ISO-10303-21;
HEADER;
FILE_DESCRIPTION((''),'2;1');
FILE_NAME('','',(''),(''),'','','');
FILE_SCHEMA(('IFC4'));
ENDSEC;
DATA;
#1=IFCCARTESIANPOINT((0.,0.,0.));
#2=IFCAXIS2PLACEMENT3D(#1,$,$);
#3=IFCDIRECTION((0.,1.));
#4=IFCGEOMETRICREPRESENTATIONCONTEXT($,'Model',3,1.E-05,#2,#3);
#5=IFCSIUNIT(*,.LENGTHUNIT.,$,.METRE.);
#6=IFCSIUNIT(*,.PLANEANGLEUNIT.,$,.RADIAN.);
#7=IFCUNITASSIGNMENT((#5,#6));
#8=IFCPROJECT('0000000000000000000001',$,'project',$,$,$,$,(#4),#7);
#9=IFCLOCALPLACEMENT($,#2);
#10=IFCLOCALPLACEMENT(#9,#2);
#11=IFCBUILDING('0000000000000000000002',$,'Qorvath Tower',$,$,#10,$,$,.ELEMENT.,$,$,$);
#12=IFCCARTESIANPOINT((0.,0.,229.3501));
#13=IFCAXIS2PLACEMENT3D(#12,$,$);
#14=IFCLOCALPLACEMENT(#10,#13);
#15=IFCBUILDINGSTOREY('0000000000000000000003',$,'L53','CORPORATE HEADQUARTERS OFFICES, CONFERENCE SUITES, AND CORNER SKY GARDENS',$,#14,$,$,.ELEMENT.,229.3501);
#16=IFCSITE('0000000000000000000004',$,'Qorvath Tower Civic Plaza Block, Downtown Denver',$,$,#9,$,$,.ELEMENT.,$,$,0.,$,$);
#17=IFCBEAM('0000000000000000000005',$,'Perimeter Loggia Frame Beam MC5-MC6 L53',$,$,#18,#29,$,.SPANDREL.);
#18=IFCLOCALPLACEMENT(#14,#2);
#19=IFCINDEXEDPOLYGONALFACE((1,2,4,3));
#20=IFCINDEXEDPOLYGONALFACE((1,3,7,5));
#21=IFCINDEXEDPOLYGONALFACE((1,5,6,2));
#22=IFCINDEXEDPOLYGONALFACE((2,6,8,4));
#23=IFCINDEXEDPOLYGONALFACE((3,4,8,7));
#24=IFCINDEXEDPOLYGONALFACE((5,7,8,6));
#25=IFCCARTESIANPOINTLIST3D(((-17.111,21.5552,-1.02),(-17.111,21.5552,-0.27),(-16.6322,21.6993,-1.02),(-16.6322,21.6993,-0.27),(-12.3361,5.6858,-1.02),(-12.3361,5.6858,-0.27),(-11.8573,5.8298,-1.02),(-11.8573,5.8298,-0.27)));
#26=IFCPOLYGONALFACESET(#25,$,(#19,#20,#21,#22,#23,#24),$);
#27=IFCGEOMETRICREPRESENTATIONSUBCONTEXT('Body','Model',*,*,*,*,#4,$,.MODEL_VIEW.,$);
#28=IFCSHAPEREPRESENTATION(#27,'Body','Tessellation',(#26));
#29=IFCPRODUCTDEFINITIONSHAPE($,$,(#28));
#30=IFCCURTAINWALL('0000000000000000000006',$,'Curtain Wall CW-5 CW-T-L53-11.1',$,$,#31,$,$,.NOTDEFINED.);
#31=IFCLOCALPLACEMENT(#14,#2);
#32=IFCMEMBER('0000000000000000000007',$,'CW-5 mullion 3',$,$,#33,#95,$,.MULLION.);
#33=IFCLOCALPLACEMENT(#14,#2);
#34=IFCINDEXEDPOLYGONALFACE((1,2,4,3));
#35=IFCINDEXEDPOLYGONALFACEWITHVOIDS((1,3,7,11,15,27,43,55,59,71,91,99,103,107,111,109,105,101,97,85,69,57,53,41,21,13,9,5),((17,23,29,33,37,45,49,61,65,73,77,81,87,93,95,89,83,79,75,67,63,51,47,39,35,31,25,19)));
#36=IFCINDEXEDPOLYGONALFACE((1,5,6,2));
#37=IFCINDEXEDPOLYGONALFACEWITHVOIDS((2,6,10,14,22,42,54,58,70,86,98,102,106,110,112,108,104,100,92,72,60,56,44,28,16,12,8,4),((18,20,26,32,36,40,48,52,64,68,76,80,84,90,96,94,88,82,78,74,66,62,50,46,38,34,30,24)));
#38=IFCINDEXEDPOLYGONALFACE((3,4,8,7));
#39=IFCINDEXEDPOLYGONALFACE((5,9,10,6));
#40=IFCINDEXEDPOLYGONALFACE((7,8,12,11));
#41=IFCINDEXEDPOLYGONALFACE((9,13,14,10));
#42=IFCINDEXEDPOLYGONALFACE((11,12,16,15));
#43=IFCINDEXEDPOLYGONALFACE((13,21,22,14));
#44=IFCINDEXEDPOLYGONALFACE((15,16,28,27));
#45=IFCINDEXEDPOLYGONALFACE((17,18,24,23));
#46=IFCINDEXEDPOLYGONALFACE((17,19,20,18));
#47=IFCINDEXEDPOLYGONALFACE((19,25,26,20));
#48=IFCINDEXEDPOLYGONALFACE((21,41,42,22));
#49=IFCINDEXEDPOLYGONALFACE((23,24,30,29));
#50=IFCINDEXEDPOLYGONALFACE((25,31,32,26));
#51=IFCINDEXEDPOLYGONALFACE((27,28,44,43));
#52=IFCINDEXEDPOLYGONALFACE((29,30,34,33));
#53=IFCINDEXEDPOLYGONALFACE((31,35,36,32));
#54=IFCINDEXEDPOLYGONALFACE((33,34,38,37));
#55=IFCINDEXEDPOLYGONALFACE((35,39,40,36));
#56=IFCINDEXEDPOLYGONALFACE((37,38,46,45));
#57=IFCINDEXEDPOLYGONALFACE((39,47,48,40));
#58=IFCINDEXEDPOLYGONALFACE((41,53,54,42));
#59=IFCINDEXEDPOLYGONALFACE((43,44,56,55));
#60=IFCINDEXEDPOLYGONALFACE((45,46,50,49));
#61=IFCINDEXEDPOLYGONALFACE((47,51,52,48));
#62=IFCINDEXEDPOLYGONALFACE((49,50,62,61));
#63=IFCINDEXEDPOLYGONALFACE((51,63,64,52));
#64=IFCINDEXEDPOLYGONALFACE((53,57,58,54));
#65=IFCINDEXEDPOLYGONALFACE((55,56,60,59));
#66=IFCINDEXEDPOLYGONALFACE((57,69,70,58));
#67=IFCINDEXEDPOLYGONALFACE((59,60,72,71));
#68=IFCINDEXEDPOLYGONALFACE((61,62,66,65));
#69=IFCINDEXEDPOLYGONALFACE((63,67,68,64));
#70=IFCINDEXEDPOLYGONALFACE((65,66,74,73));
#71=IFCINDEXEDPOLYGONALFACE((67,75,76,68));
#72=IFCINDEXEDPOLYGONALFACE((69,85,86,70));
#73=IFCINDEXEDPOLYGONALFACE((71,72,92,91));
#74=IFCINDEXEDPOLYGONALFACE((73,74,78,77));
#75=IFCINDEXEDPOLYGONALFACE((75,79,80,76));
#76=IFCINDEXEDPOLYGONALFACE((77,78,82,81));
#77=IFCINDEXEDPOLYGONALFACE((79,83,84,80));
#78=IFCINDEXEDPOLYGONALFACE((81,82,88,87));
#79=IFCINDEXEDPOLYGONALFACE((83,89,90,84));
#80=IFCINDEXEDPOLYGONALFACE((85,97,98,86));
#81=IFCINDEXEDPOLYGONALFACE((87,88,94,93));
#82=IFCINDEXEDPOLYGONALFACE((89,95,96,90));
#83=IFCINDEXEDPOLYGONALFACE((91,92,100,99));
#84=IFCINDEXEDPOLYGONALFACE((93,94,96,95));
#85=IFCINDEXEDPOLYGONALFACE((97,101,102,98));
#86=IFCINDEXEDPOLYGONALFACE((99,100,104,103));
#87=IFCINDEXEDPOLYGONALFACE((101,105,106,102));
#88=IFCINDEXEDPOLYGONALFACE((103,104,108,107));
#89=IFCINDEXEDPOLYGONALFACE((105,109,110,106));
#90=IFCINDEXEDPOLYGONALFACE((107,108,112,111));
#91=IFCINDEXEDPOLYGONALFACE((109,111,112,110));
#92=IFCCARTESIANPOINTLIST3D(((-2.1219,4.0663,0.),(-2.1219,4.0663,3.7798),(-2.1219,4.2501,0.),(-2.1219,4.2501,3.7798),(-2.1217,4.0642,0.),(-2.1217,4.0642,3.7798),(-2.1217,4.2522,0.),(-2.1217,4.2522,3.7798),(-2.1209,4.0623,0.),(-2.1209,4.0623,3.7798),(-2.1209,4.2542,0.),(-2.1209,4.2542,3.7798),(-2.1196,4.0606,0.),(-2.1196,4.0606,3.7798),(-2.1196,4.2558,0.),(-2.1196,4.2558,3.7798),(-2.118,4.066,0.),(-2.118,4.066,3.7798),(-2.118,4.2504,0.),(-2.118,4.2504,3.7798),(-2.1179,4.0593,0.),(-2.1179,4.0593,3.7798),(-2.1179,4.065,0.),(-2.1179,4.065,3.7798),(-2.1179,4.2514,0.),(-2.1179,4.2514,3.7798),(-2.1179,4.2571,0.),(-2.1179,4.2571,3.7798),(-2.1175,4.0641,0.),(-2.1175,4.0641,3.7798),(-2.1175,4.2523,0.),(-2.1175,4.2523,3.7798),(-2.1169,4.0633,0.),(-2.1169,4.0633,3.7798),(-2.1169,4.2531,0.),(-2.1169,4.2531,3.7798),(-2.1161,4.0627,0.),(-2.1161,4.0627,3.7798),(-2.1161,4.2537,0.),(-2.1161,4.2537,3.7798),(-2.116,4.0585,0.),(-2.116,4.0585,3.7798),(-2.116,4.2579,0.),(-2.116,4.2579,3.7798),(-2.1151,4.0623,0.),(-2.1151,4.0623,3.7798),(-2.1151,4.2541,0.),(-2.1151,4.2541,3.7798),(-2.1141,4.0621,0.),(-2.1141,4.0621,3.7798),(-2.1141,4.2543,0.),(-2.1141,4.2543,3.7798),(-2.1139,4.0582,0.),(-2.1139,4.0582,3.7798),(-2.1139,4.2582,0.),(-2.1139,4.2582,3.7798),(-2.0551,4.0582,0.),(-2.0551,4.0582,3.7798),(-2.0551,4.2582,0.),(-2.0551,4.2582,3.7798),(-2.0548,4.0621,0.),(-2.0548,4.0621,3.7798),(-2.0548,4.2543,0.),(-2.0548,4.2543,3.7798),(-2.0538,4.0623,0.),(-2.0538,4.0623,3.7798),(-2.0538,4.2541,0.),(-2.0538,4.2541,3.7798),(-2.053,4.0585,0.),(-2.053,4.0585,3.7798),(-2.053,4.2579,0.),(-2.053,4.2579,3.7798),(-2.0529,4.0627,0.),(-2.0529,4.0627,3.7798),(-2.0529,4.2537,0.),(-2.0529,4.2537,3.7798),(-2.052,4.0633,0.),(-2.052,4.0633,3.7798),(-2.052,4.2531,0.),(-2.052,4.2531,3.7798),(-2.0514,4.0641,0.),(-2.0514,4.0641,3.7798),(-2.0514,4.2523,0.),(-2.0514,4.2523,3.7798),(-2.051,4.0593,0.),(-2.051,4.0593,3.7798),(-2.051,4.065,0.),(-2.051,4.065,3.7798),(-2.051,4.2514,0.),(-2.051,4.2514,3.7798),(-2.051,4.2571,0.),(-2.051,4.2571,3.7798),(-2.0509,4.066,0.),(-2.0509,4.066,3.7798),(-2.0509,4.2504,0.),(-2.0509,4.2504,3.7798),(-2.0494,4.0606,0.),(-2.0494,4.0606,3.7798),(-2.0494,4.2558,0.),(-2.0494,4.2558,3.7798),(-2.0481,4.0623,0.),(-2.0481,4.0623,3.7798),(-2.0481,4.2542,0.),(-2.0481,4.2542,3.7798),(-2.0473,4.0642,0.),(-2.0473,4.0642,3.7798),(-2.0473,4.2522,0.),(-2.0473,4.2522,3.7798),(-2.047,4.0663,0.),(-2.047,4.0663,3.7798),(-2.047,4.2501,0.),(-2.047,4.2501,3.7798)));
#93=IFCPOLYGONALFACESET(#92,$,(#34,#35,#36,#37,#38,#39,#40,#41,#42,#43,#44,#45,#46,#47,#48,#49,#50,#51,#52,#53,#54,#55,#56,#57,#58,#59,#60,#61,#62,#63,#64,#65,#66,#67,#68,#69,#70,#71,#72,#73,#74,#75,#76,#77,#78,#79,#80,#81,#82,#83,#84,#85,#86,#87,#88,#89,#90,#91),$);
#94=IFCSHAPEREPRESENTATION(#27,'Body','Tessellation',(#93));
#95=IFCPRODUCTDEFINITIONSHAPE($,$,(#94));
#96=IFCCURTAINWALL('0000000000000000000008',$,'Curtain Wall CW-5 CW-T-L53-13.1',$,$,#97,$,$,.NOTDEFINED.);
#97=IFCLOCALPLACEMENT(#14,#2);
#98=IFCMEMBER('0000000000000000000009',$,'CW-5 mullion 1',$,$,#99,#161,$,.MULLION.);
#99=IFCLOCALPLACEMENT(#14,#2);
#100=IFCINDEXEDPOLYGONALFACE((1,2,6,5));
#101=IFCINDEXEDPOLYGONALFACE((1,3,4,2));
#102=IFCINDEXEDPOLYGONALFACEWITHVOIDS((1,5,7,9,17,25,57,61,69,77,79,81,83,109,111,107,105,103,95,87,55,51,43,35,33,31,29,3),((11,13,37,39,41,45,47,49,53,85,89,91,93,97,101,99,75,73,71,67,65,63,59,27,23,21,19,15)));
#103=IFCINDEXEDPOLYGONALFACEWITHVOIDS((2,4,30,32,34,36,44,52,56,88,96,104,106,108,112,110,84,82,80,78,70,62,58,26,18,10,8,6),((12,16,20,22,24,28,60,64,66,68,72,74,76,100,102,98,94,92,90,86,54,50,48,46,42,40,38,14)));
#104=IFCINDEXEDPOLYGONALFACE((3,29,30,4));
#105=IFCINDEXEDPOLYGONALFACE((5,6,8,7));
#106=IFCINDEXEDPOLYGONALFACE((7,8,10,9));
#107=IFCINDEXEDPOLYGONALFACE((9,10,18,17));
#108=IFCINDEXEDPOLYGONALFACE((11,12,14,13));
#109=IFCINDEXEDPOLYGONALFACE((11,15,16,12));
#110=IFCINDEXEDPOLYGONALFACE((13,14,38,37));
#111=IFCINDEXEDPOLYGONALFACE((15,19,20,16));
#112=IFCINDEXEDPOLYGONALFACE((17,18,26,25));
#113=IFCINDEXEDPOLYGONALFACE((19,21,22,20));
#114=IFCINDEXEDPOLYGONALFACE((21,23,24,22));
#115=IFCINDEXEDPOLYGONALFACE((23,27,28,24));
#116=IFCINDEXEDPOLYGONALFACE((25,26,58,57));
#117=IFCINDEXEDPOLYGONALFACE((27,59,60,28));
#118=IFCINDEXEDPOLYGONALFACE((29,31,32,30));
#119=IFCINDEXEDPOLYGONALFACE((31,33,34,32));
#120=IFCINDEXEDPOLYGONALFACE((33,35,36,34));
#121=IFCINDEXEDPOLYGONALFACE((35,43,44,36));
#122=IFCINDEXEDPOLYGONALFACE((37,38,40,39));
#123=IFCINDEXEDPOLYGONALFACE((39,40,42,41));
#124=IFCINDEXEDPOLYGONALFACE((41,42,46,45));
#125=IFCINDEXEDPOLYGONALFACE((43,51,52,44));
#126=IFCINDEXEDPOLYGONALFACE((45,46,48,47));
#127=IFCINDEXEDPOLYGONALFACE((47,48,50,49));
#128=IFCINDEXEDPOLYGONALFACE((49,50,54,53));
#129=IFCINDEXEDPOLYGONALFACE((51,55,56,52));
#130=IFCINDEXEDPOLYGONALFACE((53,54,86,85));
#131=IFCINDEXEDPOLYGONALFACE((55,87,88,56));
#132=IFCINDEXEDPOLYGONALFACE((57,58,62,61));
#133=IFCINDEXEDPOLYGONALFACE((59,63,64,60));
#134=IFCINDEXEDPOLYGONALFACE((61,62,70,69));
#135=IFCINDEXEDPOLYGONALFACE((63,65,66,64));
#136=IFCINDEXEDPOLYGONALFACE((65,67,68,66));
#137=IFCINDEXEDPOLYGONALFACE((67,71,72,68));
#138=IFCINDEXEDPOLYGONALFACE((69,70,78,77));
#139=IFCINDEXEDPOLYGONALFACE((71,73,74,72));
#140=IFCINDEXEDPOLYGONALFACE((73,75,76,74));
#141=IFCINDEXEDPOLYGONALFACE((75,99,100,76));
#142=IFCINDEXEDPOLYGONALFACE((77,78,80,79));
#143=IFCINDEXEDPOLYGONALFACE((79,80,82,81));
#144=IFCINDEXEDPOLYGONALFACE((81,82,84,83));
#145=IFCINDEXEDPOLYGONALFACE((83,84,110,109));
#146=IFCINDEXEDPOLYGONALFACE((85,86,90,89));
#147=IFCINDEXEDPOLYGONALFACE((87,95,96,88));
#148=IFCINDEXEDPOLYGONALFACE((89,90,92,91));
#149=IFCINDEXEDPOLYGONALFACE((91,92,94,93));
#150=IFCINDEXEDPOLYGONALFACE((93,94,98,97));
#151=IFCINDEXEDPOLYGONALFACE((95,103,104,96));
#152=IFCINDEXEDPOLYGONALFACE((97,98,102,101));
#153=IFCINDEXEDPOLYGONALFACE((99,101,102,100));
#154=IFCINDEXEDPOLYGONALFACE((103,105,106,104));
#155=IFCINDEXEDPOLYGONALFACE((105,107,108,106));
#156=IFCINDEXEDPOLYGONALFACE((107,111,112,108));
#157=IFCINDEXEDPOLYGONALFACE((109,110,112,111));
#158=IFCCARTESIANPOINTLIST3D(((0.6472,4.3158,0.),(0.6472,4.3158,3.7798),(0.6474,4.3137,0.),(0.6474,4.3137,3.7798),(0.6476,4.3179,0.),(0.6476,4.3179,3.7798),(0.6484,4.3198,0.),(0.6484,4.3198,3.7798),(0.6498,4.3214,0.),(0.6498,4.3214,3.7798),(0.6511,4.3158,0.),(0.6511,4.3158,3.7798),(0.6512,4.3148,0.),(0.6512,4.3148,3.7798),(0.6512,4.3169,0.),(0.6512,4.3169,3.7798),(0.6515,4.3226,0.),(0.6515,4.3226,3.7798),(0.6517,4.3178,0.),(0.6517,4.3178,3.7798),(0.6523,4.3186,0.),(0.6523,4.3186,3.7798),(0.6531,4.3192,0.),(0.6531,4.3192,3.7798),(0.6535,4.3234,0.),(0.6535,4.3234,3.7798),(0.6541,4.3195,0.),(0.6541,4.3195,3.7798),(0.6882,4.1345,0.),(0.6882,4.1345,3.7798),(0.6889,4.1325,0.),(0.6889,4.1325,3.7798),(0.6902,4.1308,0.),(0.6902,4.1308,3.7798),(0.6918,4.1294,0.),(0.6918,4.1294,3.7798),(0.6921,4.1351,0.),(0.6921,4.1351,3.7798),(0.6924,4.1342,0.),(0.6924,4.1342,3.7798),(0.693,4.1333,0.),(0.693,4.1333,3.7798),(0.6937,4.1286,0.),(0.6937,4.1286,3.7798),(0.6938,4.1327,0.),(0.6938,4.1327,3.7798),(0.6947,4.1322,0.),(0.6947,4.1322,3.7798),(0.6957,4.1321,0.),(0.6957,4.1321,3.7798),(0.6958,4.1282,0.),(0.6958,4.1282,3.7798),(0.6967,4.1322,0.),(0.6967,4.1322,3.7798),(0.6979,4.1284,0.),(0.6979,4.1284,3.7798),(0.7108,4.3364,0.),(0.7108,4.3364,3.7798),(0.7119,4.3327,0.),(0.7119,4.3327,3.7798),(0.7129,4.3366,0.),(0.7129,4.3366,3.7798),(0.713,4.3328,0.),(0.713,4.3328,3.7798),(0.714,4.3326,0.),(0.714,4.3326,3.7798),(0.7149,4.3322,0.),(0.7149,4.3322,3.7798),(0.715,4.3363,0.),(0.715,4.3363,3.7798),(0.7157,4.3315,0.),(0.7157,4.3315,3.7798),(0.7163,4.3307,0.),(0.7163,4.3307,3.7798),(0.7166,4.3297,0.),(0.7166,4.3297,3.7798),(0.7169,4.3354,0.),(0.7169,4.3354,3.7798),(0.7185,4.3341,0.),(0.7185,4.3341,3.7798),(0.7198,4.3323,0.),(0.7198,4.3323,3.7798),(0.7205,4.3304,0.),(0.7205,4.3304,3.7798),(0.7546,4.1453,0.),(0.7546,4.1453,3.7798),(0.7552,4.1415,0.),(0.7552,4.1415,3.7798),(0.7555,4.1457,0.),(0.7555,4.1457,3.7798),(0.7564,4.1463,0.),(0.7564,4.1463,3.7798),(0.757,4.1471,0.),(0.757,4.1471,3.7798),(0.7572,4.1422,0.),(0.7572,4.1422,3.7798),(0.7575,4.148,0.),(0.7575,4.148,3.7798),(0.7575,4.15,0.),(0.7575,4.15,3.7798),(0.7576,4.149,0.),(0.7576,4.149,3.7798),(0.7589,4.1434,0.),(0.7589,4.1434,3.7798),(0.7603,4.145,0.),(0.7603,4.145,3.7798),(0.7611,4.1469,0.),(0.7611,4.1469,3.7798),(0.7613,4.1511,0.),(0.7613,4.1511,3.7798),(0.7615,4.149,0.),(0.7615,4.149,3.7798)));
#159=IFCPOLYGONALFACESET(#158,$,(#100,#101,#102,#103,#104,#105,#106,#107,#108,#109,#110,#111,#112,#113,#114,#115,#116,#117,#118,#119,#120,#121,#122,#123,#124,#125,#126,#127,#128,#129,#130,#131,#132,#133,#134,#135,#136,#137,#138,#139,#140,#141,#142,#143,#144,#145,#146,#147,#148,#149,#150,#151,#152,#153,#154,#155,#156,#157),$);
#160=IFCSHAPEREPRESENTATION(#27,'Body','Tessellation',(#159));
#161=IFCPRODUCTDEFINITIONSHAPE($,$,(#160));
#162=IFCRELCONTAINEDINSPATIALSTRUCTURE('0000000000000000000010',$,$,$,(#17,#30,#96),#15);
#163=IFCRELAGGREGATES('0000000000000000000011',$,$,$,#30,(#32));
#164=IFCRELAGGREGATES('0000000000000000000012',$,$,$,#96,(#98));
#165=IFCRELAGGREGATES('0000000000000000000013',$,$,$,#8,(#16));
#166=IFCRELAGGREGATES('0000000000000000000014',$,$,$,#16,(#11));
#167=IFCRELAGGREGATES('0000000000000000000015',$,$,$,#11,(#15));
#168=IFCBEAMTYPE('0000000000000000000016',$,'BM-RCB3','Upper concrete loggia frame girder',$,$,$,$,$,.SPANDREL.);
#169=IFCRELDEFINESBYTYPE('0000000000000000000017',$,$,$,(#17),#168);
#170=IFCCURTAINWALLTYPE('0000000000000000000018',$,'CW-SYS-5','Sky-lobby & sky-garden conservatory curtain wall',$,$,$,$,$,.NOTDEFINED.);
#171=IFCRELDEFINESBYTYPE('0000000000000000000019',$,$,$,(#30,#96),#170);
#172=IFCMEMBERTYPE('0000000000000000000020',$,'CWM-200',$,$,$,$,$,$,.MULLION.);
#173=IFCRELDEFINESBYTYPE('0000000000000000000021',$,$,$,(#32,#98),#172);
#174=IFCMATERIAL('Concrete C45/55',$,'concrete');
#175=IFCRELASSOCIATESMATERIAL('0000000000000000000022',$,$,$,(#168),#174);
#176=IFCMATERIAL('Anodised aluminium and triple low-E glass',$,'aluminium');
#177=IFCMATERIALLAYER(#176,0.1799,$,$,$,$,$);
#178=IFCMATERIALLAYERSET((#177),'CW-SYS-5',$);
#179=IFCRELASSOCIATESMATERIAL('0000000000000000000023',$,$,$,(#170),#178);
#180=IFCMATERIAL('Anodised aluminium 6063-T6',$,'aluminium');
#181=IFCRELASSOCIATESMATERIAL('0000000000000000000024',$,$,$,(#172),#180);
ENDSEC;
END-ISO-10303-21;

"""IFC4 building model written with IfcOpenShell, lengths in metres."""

from ifc_helpers import new_model, si_unit, direction, frame, origin, origin_2d, place, context, subcontext, project, spatial, rectangle, hollow_rectangle, extrude, material, layer, layer_set, material_profile, profile_set, type_object, element, aggregate, save


model = new_model("IFC4")

# Units and contexts
model_context = context("Model", 3, precision=1e-05, world=origin(), true_north=direction((0.0, 1.0)))
body_context = subcontext(model_context, "Body", "Model", "MODEL_VIEW")
ifc_project = project(units=[si_unit("LENGTHUNIT", "METRE"), si_unit("PLANEANGLEUNIT", "RADIAN")], contexts=[model_context])

# Site, building, storey
site_placement = place(None, origin())
site = spatial("IfcSite", under=ifc_project, at=site_placement, Name="Qorvath Tower Civic Plaza Block, Downtown Denver", CompositionType="ELEMENT", RefElevation=0.0)
building_placement = place(site_placement, origin())
building = spatial("IfcBuilding", under=site, at=building_placement, Name="Qorvath Tower", CompositionType="ELEMENT")
storey_placement = place(building_placement, frame((0.0, 0.0, 229.3501)))
storey = spatial("IfcBuildingStorey", under=building, at=storey_placement, Name="L53", Description="CORPORATE HEADQUARTERS OFFICES, CONFERENCE SUITES, AND CORNER SKY GARDENS", CompositionType="ELEMENT", Elevation=229.3501)

# Beam
ifc_material_1 = material(Name="Concrete C45/55", Category="concrete")
ifc_material_profile_1 = material_profile(ifc_material_1, rectangle(XDim=0.5, YDim=0.75, at=origin_2d()), Name="RCB 750x500")
ifc_profile_set_1 = profile_set([ifc_material_profile_1], Name="Concrete C45/55")
beam_type_1 = type_object("IfcBeamType", Name="BM-RCB3", Description="Upper concrete loggia frame girder", PredefinedType="SPANDREL", material=ifc_profile_set_1)
beam_1_placement = place(storey_placement, frame((-12.0967, 5.7578, -0.645), z_axis=(-0.288128, 0.957592, 0.0), x_axis=(-0.957592, -0.288128, 0.0)))
element("IfcBeam", 1, at=beam_1_placement, inside=storey, type_object=beam_type_1, Name="Perimeter Loggia Frame Beam MC5-MC6 L53", PredefinedType="SPANDREL", context=body_context, shape_type="SweptSolid", body=[
    extrude(rectangle(XDim=0.5, YDim=0.75, at=origin_2d()), origin(), (0.0, 0.0, 1.0), 16.5723),
])

# Curtain wall, member
ifc_material_2 = material(Name="Anodised aluminium and triple low-E glass", Category="aluminium")
ifc_layer_1 = layer(ifc_material_2, 0.1799)
ifc_layer_set_1 = layer_set([ifc_layer_1], Name="CW-SYS-5")
curtain_wall_type = type_object("IfcCurtainWallType", Name="CW-SYS-5", Description="Sky-lobby & sky-garden conservatory curtain wall", PredefinedType="NOTDEFINED", material=ifc_layer_set_1)
curtain_wall_1_placement = place(storey_placement, origin())
curtain_wall_1 = element("IfcCurtainWall", 2, at=curtain_wall_1_placement, inside=storey, type_object=curtain_wall_type, Name="Curtain Wall CW-5 CW-T-L53-11.1", PredefinedType="NOTDEFINED")
ifc_material_3 = material(Name="Anodised aluminium 6063-T6", Category="aluminium")
ifc_material_profile_2 = material_profile(ifc_material_3, hollow_rectangle(XDim=0.075, YDim=0.2, WallThickness=0.0039, InnerFilletRadius=0.0039, OuterFilletRadius=0.0081, at=origin_2d()), Name="CWM 200x75")
ifc_profile_set_2 = profile_set([ifc_material_profile_2], Name="Anodised aluminium 6063-T6")
member_type_1 = type_object("IfcMemberType", Name="CWM-200", PredefinedType="MULLION", material=ifc_profile_set_2)
member_1_placement = place(storey_placement, frame((-2.0845, 4.1582, 0.0), z_axis=(0.0, 0.0, 1.0), x_axis=(-1.0, 0.0, 0.0)))
member_1 = element("IfcMember", 3, at=member_1_placement, type_object=member_type_1, Name="CW-5 mullion 3", PredefinedType="MULLION", context=body_context, shape_type="SweptSolid", body=[
    extrude(hollow_rectangle(XDim=0.075, YDim=0.2, WallThickness=0.0039, InnerFilletRadius=0.0039, OuterFilletRadius=0.0081, at=origin_2d()), origin(), (0.0, 0.0, 1.0), 3.7798),
])
aggregate(curtain_wall_1, [member_1])

# Curtain wall, member
curtain_wall_2_placement = place(storey_placement, origin())
curtain_wall_2 = element("IfcCurtainWall", 4, at=curtain_wall_2_placement, inside=storey, type_object=curtain_wall_type, Name="Curtain Wall CW-5 CW-T-L53-13.1", PredefinedType="NOTDEFINED")
member_2_placement = place(storey_placement, frame((0.7043, 4.2324, 0.0), z_axis=(0.0, 0.0, 1.0), x_axis=(-0.975053, -0.22197, 0.0)))
member_2 = element("IfcMember", 5, at=member_2_placement, type_object=member_type_1, Name="CW-5 mullion 1", PredefinedType="MULLION", context=body_context, shape_type="SweptSolid", body=[
    extrude(hollow_rectangle(XDim=0.075, YDim=0.2, WallThickness=0.0039, InnerFilletRadius=0.0039, OuterFilletRadius=0.0081, at=origin_2d()), origin(), (0.0, 0.0, 1.0), 3.7798),
])

aggregate(curtain_wall_2, [member_2])

save(model, "model.ifc")
